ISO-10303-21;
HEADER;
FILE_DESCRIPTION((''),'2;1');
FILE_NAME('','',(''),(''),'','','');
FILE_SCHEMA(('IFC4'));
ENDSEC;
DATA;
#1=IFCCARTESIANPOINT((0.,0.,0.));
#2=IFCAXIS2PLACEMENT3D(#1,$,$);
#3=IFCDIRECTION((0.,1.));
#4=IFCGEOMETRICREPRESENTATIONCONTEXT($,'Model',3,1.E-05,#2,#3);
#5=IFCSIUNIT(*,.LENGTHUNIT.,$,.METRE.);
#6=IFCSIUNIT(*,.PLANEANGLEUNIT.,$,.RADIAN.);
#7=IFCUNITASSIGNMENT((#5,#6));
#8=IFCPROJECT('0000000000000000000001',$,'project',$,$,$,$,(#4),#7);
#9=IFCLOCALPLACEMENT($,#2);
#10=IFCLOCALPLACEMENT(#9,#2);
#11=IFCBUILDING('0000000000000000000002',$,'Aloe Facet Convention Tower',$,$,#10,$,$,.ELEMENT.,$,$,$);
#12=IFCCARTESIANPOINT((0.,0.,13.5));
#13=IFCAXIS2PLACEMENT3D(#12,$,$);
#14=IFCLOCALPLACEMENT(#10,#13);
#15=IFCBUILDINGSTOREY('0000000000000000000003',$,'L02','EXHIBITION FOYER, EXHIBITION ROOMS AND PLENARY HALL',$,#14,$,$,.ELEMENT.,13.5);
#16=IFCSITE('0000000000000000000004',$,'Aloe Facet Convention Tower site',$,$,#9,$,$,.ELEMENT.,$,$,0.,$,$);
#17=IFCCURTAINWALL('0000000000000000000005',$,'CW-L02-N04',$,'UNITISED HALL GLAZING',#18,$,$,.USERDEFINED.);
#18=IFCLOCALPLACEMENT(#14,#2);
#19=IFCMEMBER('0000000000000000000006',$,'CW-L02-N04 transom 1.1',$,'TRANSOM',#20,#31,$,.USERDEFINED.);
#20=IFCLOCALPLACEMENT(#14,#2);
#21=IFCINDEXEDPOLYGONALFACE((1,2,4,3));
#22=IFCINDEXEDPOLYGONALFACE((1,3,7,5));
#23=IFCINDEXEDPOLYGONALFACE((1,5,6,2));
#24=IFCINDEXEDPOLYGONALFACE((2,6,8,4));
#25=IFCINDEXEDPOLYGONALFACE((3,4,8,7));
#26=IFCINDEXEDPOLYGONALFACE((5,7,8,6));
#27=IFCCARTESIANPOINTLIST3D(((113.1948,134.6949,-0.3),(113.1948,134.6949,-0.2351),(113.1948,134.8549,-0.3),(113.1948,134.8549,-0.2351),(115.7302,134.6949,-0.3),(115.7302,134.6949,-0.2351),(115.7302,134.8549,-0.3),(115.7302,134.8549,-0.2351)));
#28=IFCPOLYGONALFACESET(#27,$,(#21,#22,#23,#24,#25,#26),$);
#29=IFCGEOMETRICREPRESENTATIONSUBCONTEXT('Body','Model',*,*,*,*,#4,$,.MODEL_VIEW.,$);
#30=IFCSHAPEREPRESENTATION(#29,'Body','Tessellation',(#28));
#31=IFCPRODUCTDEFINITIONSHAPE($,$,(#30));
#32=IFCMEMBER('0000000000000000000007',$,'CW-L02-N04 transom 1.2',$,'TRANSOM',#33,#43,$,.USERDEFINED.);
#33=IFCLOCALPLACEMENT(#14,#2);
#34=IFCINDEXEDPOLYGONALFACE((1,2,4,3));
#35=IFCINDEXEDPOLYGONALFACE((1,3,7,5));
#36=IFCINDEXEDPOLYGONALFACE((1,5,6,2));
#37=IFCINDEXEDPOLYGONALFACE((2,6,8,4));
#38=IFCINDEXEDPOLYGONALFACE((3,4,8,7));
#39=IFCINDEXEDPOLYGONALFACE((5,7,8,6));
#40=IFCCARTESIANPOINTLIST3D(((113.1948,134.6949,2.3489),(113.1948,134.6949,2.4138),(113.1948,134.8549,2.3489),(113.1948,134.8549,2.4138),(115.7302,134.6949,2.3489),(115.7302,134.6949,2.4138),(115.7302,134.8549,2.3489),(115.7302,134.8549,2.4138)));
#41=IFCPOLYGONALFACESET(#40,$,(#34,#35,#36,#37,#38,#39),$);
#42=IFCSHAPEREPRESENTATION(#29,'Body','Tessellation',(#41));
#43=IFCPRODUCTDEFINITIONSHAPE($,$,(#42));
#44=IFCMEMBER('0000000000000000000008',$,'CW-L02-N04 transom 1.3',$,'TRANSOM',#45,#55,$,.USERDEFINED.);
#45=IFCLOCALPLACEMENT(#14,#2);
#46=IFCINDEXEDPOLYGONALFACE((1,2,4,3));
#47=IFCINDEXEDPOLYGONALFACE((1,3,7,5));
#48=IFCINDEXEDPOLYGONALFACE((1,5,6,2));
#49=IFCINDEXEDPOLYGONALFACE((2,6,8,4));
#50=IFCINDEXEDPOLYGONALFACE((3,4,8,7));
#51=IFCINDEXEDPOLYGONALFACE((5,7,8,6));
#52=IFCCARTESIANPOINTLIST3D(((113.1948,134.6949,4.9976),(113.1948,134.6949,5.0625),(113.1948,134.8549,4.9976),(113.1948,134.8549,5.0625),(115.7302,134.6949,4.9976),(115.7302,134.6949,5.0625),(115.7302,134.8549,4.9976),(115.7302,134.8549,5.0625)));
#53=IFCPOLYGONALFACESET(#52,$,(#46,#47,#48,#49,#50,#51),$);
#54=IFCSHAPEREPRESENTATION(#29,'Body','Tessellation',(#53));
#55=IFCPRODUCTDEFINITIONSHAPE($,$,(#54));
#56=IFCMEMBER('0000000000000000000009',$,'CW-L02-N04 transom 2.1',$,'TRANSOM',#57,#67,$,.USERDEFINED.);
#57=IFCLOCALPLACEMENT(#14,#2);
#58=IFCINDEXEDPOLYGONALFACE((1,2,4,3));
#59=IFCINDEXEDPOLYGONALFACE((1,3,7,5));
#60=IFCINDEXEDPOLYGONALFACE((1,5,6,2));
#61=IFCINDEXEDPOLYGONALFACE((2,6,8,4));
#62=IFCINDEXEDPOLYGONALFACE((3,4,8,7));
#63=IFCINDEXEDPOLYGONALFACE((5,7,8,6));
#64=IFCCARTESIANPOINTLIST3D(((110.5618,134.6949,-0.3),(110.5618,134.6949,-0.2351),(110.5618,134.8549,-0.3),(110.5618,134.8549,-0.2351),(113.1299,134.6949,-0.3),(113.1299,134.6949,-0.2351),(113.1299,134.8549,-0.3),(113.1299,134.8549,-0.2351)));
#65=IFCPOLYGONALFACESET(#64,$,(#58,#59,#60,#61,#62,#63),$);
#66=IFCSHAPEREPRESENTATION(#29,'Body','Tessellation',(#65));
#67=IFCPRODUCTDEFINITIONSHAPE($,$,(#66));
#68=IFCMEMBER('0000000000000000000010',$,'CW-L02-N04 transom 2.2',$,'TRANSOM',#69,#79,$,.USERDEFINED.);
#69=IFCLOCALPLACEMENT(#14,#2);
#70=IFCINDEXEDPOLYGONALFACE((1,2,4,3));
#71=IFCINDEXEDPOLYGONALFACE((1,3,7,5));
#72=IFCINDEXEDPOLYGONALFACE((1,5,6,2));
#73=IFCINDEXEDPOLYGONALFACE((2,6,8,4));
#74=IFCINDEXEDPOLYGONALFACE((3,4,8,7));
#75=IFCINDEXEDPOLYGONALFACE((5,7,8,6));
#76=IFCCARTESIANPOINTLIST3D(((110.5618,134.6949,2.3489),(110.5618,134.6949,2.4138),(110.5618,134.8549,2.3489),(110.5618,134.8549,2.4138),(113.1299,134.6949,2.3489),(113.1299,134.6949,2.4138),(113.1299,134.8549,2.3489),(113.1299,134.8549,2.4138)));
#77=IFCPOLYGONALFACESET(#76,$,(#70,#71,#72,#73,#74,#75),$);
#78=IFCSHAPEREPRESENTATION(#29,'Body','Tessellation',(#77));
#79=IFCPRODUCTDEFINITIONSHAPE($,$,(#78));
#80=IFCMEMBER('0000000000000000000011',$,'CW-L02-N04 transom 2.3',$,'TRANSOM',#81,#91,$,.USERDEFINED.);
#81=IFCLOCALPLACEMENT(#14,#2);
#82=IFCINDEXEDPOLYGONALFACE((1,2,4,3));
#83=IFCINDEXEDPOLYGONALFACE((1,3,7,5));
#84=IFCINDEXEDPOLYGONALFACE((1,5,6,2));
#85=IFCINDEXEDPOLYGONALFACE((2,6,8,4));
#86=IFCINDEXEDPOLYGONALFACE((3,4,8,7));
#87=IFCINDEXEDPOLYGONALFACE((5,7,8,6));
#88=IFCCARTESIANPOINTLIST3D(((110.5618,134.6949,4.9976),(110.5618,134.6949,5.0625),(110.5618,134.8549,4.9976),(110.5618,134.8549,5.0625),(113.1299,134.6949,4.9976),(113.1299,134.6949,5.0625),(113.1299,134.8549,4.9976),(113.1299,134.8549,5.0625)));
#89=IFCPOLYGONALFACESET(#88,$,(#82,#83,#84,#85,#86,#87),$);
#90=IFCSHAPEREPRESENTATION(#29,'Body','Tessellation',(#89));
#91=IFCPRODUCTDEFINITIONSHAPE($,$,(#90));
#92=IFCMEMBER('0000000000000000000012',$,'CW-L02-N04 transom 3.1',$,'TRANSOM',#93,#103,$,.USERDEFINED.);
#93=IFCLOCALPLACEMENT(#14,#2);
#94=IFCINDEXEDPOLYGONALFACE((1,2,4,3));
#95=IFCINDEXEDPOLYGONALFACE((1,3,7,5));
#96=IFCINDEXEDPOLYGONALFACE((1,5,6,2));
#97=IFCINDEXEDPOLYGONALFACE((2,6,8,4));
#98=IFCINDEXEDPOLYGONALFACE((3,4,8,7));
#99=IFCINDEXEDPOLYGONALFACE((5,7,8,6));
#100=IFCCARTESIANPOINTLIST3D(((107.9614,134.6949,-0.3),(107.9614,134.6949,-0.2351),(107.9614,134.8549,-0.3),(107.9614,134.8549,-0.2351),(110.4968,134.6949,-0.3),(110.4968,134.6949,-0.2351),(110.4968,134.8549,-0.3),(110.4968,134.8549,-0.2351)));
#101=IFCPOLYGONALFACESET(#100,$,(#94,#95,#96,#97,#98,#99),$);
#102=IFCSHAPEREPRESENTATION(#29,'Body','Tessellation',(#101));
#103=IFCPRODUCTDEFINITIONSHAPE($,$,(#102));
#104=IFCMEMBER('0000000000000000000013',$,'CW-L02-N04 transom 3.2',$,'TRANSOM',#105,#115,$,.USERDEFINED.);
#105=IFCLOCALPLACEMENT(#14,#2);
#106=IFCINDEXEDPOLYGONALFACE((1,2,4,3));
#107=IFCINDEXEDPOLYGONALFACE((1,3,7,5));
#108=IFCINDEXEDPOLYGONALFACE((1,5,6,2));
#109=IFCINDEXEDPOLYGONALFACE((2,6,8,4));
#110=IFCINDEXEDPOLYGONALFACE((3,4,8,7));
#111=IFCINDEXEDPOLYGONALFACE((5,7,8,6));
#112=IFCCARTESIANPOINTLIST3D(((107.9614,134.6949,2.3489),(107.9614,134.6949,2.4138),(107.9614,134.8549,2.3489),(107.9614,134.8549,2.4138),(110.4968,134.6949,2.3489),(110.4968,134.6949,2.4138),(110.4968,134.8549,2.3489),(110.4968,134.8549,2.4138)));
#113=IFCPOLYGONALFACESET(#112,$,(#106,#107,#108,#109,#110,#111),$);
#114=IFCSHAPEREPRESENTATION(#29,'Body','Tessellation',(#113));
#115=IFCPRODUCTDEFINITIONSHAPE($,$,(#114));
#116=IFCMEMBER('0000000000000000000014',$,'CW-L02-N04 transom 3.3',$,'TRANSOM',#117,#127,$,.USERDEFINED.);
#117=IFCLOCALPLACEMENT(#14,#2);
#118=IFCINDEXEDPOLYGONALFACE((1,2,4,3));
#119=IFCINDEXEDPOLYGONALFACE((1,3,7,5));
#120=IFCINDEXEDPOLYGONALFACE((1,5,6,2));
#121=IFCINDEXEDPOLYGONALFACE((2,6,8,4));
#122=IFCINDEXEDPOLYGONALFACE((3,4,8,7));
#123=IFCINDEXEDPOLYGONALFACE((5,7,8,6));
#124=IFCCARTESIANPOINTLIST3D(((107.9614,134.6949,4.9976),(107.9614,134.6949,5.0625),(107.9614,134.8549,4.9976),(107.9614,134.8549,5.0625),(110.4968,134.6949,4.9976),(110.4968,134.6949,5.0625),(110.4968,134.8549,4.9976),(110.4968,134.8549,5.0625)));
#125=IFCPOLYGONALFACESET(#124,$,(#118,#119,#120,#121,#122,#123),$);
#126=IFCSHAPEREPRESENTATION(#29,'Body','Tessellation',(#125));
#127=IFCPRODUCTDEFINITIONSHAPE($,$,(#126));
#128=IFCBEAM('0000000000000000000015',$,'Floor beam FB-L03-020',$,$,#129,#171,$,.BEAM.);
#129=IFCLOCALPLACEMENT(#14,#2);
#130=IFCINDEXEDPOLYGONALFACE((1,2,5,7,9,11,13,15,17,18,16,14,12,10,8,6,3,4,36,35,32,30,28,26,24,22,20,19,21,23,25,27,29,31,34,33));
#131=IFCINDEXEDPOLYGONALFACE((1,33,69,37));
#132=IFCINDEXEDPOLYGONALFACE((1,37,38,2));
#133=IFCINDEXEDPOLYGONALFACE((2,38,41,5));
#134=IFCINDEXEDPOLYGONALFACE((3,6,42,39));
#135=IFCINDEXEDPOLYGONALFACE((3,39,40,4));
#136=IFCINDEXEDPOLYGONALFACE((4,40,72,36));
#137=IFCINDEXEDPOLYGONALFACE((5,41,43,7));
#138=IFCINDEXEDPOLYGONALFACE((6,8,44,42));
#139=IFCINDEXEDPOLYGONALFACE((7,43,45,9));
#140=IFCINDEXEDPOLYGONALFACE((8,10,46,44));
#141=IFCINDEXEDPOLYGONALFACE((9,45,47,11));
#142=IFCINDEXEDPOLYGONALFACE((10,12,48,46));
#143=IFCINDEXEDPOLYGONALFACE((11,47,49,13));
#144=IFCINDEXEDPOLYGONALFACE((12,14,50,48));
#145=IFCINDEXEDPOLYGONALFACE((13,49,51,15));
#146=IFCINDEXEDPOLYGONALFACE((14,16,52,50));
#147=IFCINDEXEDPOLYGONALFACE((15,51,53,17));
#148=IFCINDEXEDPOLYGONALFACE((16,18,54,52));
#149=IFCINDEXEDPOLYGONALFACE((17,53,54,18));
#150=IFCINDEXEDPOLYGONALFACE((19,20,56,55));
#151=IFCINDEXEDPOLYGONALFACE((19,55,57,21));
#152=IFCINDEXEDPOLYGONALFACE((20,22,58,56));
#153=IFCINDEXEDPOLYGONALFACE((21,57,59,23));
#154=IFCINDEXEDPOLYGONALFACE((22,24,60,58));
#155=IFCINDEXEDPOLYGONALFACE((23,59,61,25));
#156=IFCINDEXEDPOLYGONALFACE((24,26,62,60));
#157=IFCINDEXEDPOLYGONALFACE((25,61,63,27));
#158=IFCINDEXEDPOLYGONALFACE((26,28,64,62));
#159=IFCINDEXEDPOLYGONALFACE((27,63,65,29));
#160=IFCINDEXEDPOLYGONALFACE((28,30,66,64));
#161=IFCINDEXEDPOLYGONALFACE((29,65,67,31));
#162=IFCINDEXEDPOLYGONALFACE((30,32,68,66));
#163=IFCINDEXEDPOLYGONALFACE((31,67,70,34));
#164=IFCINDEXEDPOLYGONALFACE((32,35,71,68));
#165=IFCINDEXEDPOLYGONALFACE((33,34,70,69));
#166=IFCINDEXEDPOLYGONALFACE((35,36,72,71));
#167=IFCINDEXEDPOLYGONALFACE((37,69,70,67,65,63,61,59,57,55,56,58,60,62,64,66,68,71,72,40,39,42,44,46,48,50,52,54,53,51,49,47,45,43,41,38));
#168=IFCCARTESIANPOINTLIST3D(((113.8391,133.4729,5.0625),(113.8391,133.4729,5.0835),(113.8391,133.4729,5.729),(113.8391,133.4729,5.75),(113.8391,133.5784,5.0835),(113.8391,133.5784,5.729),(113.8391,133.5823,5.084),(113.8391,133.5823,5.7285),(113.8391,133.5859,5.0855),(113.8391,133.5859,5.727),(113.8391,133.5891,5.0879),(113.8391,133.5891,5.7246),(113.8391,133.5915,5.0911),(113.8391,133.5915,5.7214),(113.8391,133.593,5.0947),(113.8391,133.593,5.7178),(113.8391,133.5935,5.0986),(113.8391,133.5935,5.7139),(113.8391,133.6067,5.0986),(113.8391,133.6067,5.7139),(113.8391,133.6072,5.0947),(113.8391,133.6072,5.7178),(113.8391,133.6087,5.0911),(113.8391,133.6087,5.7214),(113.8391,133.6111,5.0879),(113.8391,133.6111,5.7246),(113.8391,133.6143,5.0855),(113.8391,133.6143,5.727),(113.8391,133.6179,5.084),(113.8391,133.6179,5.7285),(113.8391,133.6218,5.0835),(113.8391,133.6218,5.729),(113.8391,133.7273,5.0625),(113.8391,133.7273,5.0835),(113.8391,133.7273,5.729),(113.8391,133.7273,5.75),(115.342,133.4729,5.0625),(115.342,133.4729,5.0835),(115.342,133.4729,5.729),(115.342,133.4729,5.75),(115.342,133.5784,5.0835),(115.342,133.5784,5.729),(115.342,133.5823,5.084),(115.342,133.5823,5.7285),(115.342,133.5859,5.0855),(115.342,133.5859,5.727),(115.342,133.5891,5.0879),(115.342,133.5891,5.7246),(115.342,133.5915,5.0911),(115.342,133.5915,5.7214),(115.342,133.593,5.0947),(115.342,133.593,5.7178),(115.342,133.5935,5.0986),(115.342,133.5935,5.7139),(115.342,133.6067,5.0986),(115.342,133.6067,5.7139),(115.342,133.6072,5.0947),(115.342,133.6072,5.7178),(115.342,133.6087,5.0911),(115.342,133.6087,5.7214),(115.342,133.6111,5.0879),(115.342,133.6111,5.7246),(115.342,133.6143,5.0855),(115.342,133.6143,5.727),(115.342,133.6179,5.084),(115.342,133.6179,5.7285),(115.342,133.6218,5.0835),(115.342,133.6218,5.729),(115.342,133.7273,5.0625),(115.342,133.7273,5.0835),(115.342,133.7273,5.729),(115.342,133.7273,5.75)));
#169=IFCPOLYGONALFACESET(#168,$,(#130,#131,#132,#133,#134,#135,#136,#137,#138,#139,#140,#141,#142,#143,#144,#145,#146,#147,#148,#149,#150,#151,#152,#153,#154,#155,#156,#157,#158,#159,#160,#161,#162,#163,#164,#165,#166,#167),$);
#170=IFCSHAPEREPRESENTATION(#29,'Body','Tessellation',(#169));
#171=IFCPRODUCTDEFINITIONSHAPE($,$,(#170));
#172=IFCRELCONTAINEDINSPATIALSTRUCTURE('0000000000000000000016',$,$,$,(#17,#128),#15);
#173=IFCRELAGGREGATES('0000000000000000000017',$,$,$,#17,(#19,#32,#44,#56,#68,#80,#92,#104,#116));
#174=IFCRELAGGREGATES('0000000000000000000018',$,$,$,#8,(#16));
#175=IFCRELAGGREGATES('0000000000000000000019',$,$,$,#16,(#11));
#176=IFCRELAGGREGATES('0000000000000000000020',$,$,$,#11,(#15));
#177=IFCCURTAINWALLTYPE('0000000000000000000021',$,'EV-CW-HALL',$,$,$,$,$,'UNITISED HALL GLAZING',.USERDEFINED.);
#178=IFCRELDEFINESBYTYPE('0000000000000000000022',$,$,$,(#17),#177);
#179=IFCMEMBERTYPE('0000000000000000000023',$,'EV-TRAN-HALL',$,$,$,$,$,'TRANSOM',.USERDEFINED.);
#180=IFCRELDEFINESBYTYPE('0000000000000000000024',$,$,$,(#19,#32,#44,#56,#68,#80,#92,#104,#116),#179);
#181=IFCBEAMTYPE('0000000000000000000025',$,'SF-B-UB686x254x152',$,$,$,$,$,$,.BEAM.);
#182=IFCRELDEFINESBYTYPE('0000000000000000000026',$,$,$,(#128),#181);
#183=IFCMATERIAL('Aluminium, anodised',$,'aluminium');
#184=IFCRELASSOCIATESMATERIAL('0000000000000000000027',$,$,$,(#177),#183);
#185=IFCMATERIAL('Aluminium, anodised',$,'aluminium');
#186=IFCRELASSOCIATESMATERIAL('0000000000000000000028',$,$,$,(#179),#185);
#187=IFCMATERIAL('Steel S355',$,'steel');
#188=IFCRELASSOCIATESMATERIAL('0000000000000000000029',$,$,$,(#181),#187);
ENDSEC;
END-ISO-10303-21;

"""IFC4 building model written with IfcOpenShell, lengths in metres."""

from ifc_helpers import new_model, si_unit, direction, frame, origin, origin_2d, place, context, subcontext, project, spatial, rectangle, i_section, extrude, material, material_profile, profile_set, type_object, element, aggregate, save


model = new_model("IFC4")

# Units and contexts
model_context = context("Model", 3, precision=1e-05, world=origin(), true_north=direction((0.0, 1.0)))
body_context = subcontext(model_context, "Body", "Model", "MODEL_VIEW")
ifc_project = project(units=[si_unit("LENGTHUNIT", "METRE"), si_unit("PLANEANGLEUNIT", "RADIAN")], contexts=[model_context])

# Site, building, storey
site_placement = place(None, origin())
site = spatial("IfcSite", under=ifc_project, at=site_placement, Name="Aloe Facet Convention Tower site", CompositionType="ELEMENT", RefElevation=0.0)
building_placement = place(site_placement, origin())
building = spatial("IfcBuilding", under=site, at=building_placement, Name="Aloe Facet Convention Tower", CompositionType="ELEMENT")
storey_placement = place(building_placement, frame((0.0, 0.0, 13.5)))
storey = spatial("IfcBuildingStorey", under=building, at=storey_placement, Name="L02", Description="EXHIBITION FOYER, EXHIBITION ROOMS AND PLENARY HALL", CompositionType="ELEMENT", Elevation=13.5)

# Shared definitions
ifc_material_1 = material(Name="Aluminium, anodised", Category="aluminium")
curtain_wall_type = type_object("IfcCurtainWallType", Name="EV-CW-HALL", ElementType="UNITISED HALL GLAZING", PredefinedType="USERDEFINED", material=ifc_material_1)

# Curtain wall, members
curtain_wall_1_placement = place(storey_placement, origin())
curtain_wall_1 = element("IfcCurtainWall", 1, at=curtain_wall_1_placement, inside=storey, type_object=curtain_wall_type, Name="CW-L02-N04", ObjectType="UNITISED HALL GLAZING", PredefinedType="USERDEFINED")
ifc_material_2 = material(Name="Aluminium, anodised", Category="aluminium")
ifc_material_profile_1 = material_profile(ifc_material_2, rectangle(XDim=0.1599, YDim=0.0649, at=origin_2d()), Name="AL 160x65")
ifc_profile_set_1 = profile_set([ifc_material_profile_1], Name="Aluminium, anodised")
member_type_1 = type_object("IfcMemberType", Name="EV-TRAN-HALL", ElementType="TRANSOM", PredefinedType="USERDEFINED", material=ifc_profile_set_1)
member_1_placement = place(storey_placement, frame((115.7302, 134.7749, -0.2676), z_axis=(-1.0, 0.0, 0.0), x_axis=(0.0, -1.0, 0.0)))
member_1 = element("IfcMember", 2, at=member_1_placement, type_object=member_type_1, Name="CW-L02-N04 transom 1.1", ObjectType="TRANSOM", PredefinedType="USERDEFINED", context=body_context, shape_type="SweptSolid", body=[
    extrude(rectangle(XDim=0.1599, YDim=0.0649, at=origin_2d()), origin(), (0.0, 0.0, 1.0), 2.5354),
])
member_2_placement = place(storey_placement, frame((115.7302, 134.7749, 2.3813), z_axis=(-1.0, 0.0, 0.0), x_axis=(0.0, -1.0, 0.0)))
member_2 = element("IfcMember", 3, at=member_2_placement, type_object=member_type_1, Name="CW-L02-N04 transom 1.2", ObjectType="TRANSOM", PredefinedType="USERDEFINED", context=body_context, shape_type="SweptSolid", body=[
    extrude(rectangle(XDim=0.1599, YDim=0.0649, at=origin_2d()), origin(), (0.0, 0.0, 1.0), 2.5354),
])
member_3_placement = place(storey_placement, frame((115.7302, 134.7749, 5.03), z_axis=(-1.0, 0.0, 0.0), x_axis=(0.0, -1.0, 0.0)))
member_3 = element("IfcMember", 4, at=member_3_placement, type_object=member_type_1, Name="CW-L02-N04 transom 1.3", ObjectType="TRANSOM", PredefinedType="USERDEFINED", context=body_context, shape_type="SweptSolid", body=[
    extrude(rectangle(XDim=0.1599, YDim=0.0649, at=origin_2d()), origin(), (0.0, 0.0, 1.0), 2.5354),
])
member_4_placement = place(storey_placement, frame((113.1299, 134.7749, -0.2676), z_axis=(-1.0, 0.0, 0.0), x_axis=(0.0, -1.0, 0.0)))
member_4 = element("IfcMember", 5, at=member_4_placement, type_object=member_type_1, Name="CW-L02-N04 transom 2.1", ObjectType="TRANSOM", PredefinedType="USERDEFINED", context=body_context, shape_type="SweptSolid", body=[
    extrude(rectangle(XDim=0.1599, YDim=0.0649, at=origin_2d()), origin(), (0.0, 0.0, 1.0), 2.5681),
])
member_5_placement = place(storey_placement, frame((113.1299, 134.7749, 2.3813), z_axis=(-1.0, 0.0, 0.0), x_axis=(0.0, -1.0, 0.0)))
member_5 = element("IfcMember", 6, at=member_5_placement, type_object=member_type_1, Name="CW-L02-N04 transom 2.2", ObjectType="TRANSOM", PredefinedType="USERDEFINED", context=body_context, shape_type="SweptSolid", body=[
    extrude(rectangle(XDim=0.1599, YDim=0.0649, at=origin_2d()), origin(), (0.0, 0.0, 1.0), 2.5681),
])
member_6_placement = place(storey_placement, frame((113.1299, 134.7749, 5.03), z_axis=(-1.0, 0.0, 0.0), x_axis=(0.0, -1.0, 0.0)))
member_6 = element("IfcMember", 7, at=member_6_placement, type_object=member_type_1, Name="CW-L02-N04 transom 2.3", ObjectType="TRANSOM", PredefinedType="USERDEFINED", context=body_context, shape_type="SweptSolid", body=[
    extrude(rectangle(XDim=0.1599, YDim=0.0649, at=origin_2d()), origin(), (0.0, 0.0, 1.0), 2.5681),
])
member_7_placement = place(storey_placement, frame((110.4968, 134.7749, -0.2676), z_axis=(-1.0, 0.0, 0.0), x_axis=(0.0, -1.0, 0.0)))
member_7 = element("IfcMember", 8, at=member_7_placement, type_object=member_type_1, Name="CW-L02-N04 transom 3.1", ObjectType="TRANSOM", PredefinedType="USERDEFINED", context=body_context, shape_type="SweptSolid", body=[
    extrude(rectangle(XDim=0.1599, YDim=0.0649, at=origin_2d()), origin(), (0.0, 0.0, 1.0), 2.5354),
])
member_8_placement = place(storey_placement, frame((110.4968, 134.7749, 2.3813), z_axis=(-1.0, 0.0, 0.0), x_axis=(0.0, -1.0, 0.0)))
member_8 = element("IfcMember", 9, at=member_8_placement, type_object=member_type_1, Name="CW-L02-N04 transom 3.2", ObjectType="TRANSOM", PredefinedType="USERDEFINED", context=body_context, shape_type="SweptSolid", body=[
    extrude(rectangle(XDim=0.1599, YDim=0.0649, at=origin_2d()), origin(), (0.0, 0.0, 1.0), 2.5354),
])
member_9_placement = place(storey_placement, frame((110.4968, 134.7749, 5.03), z_axis=(-1.0, 0.0, 0.0), x_axis=(0.0, -1.0, 0.0)))
member_9 = element("IfcMember", 10, at=member_9_placement, type_object=member_type_1, Name="CW-L02-N04 transom 3.3", ObjectType="TRANSOM", PredefinedType="USERDEFINED", context=body_context, shape_type="SweptSolid", body=[
    extrude(rectangle(XDim=0.1599, YDim=0.0649, at=origin_2d()), origin(), (0.0, 0.0, 1.0), 2.5354),
])

# Beam
ifc_material_3 = material(Name="Steel S355", Category="steel")
ifc_material_profile_2 = material_profile(ifc_material_3, i_section(OverallWidth=0.2544, OverallDepth=0.6875, WebThickness=0.0132, FlangeThickness=0.021, FilletRadius=0.0151, at=origin_2d()), Name="UB 686x254x152")
ifc_profile_set_2 = profile_set([ifc_material_profile_2], Name="Steel S355")
beam_type_1 = type_object("IfcBeamType", Name="SF-B-UB686x254x152", PredefinedType="BEAM", material=ifc_profile_set_2)
beam_1_placement = place(storey_placement, frame((113.8391, 133.6001, 5.4062), z_axis=(1.0, 0.0, 0.0), x_axis=(0.0, 1.0, 0.0)))
element("IfcBeam", 11, at=beam_1_placement, inside=storey, type_object=beam_type_1, Name="Floor beam FB-L03-020", PredefinedType="BEAM", context=body_context, shape_type="SweptSolid", body=[
    extrude(i_section(OverallWidth=0.2544, OverallDepth=0.6875, WebThickness=0.0132, FlangeThickness=0.021, FilletRadius=0.0151, at=origin_2d()), origin(), (0.0, 0.0, 1.0), 1.5029),
])

aggregate(curtain_wall_1, [member_1, member_2, member_3, member_4, member_5, member_6, member_7, member_8, member_9])

save(model, "model.ifc")
